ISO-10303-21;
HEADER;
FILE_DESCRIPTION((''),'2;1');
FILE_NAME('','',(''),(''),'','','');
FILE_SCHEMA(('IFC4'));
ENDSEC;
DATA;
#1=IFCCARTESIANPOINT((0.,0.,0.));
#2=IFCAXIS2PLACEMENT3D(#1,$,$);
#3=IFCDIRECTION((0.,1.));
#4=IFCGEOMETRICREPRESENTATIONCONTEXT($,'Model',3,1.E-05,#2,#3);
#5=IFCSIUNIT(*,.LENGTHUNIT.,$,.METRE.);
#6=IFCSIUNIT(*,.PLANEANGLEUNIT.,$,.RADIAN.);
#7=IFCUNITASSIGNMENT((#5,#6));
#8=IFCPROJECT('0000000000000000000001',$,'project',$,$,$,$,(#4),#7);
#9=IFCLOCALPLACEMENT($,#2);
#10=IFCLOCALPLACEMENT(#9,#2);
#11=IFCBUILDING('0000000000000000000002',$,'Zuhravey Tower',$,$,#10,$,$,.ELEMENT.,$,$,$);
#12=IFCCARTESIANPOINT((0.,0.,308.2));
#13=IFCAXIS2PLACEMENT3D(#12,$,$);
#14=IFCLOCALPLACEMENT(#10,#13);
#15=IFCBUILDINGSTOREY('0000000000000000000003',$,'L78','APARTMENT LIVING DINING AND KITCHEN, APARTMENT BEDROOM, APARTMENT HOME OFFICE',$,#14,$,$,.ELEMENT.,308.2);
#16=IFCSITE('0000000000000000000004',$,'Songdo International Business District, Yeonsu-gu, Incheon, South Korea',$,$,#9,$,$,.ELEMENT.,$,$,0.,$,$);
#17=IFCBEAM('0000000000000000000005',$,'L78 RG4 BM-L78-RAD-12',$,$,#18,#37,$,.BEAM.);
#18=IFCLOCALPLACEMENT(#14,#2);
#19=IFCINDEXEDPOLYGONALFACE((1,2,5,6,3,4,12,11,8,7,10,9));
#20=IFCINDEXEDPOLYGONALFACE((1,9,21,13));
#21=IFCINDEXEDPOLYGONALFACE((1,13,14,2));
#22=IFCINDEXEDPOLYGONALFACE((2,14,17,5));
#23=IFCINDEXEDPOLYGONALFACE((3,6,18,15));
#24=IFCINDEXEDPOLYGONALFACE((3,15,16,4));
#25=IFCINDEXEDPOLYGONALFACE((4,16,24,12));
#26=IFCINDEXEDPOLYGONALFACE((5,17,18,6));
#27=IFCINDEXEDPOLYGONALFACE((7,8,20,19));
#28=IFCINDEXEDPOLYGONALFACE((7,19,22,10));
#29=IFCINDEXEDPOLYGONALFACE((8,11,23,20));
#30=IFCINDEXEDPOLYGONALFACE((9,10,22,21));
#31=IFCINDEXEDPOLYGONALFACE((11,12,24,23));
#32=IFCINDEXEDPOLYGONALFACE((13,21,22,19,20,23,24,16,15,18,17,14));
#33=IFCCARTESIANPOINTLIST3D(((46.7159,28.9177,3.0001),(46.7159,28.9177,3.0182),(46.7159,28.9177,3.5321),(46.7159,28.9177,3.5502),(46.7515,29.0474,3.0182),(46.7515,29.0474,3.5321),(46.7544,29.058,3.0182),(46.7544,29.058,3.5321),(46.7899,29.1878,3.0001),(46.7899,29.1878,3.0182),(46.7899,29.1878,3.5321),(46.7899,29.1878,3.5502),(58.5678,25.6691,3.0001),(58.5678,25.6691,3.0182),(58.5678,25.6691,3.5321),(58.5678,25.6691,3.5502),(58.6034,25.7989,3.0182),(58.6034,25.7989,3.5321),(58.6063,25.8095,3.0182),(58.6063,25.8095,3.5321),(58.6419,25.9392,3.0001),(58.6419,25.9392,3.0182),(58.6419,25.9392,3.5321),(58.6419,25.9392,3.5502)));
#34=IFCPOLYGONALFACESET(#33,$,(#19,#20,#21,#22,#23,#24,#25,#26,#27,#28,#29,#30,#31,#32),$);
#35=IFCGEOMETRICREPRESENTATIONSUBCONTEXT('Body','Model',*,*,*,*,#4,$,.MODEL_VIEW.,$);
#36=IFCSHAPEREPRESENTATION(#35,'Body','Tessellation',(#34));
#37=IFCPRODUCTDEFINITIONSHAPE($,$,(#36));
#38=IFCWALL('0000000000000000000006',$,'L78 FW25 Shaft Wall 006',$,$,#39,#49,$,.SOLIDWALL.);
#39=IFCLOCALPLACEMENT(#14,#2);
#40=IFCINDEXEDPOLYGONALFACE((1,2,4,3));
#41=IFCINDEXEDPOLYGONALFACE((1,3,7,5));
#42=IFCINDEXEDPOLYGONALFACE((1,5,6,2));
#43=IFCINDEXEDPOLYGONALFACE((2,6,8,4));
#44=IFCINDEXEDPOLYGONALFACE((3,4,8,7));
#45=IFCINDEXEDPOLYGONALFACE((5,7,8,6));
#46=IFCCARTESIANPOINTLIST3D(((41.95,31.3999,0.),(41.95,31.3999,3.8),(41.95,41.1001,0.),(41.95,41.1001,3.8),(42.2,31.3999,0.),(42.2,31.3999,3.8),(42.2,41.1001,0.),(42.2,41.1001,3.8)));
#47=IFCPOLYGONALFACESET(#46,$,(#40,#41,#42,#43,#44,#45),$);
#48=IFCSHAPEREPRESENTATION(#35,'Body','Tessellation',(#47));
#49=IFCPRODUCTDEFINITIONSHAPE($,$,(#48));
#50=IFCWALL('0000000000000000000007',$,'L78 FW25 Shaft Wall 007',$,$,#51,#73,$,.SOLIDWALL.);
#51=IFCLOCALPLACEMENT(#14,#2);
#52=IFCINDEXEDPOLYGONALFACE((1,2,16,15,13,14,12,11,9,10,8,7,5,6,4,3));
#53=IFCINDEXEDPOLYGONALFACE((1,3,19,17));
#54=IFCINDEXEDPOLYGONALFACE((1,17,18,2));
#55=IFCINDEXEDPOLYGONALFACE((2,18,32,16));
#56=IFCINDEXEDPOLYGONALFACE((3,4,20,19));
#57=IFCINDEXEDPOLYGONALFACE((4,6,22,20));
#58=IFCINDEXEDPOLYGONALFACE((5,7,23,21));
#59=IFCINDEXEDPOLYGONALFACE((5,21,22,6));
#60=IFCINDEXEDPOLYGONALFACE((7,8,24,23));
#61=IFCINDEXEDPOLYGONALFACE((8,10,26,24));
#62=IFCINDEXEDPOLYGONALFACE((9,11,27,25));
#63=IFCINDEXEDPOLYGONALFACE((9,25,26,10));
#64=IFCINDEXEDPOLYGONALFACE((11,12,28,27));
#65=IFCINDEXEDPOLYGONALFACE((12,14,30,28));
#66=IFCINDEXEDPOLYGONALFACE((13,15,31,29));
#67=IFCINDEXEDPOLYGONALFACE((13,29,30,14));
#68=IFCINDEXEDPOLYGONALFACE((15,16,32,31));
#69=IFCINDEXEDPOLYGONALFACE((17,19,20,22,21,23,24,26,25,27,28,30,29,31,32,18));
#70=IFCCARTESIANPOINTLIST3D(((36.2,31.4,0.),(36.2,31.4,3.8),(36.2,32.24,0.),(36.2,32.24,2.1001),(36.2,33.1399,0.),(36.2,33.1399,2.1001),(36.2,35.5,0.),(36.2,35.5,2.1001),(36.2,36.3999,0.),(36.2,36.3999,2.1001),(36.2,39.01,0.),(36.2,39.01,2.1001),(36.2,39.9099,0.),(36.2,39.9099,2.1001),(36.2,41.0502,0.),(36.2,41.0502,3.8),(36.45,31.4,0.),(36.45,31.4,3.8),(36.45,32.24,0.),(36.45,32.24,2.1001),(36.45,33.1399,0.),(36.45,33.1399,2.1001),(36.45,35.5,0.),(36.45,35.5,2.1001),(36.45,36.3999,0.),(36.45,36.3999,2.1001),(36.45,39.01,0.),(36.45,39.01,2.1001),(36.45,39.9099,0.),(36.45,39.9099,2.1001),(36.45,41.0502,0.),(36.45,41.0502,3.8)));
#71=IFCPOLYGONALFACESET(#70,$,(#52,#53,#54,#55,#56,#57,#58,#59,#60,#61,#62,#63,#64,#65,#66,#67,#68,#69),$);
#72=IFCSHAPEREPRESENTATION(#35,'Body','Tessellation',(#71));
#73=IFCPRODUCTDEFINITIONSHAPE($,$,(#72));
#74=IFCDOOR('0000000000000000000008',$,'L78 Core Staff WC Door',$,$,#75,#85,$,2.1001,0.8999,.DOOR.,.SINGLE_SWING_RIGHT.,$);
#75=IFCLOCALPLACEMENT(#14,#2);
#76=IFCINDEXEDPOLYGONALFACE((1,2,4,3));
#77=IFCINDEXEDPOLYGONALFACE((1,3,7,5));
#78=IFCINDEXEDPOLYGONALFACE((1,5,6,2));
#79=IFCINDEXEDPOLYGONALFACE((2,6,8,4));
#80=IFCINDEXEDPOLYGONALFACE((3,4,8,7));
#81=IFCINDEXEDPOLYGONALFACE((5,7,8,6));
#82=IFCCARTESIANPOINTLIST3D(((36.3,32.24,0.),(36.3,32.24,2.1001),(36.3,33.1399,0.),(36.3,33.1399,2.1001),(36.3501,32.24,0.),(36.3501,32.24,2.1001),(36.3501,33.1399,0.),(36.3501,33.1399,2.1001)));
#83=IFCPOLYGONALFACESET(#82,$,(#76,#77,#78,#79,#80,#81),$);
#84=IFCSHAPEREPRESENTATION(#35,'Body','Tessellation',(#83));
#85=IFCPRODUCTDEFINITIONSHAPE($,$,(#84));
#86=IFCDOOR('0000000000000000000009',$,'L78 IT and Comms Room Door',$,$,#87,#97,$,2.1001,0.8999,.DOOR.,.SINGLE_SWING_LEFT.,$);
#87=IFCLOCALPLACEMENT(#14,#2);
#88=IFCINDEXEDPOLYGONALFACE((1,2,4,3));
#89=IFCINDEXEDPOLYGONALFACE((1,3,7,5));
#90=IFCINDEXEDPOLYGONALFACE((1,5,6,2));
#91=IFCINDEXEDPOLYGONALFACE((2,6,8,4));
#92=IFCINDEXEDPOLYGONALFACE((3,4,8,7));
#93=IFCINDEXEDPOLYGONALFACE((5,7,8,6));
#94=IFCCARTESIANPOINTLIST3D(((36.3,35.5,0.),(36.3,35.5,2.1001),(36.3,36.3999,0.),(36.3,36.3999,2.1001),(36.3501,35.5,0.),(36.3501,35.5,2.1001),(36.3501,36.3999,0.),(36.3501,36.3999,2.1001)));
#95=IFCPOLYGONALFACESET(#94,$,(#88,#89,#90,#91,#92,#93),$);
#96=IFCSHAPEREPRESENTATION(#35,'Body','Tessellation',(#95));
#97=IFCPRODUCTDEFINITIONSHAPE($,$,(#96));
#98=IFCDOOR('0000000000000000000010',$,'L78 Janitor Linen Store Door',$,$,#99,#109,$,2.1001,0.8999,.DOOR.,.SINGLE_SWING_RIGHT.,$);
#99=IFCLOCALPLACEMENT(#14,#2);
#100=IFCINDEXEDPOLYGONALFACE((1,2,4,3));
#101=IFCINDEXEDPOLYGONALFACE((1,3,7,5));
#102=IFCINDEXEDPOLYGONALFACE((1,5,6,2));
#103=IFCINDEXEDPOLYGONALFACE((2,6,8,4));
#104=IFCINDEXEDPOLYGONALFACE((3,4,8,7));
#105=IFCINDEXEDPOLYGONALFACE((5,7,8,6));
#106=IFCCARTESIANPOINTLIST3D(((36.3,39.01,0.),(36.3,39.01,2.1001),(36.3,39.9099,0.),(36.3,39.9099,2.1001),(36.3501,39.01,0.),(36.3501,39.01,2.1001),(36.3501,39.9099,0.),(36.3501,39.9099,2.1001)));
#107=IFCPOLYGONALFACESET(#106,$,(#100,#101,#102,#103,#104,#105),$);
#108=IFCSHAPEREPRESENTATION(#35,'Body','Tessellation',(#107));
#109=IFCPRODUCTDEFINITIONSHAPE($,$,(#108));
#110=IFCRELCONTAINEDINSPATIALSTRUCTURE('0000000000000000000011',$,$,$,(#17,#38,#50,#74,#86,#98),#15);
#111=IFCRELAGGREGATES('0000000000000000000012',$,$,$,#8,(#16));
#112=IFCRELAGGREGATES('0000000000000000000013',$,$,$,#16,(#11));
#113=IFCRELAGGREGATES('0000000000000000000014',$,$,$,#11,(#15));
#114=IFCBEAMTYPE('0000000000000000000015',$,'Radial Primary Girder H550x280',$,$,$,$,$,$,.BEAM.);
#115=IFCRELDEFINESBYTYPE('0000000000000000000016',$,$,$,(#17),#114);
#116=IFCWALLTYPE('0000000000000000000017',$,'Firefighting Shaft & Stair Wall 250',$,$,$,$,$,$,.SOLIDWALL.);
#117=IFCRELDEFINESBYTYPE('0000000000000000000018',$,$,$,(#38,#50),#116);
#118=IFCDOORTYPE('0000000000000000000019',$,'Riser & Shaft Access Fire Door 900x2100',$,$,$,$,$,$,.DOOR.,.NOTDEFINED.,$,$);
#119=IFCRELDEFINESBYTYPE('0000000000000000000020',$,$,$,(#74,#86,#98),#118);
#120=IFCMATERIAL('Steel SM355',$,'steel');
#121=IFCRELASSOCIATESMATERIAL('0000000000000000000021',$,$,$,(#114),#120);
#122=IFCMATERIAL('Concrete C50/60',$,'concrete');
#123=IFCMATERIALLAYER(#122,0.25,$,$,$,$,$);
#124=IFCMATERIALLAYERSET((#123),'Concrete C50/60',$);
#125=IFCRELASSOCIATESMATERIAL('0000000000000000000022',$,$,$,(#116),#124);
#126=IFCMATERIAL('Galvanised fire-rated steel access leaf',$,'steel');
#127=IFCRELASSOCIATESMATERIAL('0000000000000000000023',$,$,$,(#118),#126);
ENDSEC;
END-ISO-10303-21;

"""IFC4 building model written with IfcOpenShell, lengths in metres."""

from ifc_helpers import new_model, si_unit, direction, frame, frame_2d, origin, origin_2d, place, context, subcontext, project, spatial, rectangle, i_section, extrude, material, layer, layer_set, material_profile, profile_set, type_object, element, fill, save


model = new_model("IFC4")

# Units and contexts
model_context = context("Model", 3, precision=1e-05, world=origin(), true_north=direction((0.0, 1.0)))
body_context = subcontext(model_context, "Body", "Model", "MODEL_VIEW")
ifc_project = project(units=[si_unit("LENGTHUNIT", "METRE"), si_unit("PLANEANGLEUNIT", "RADIAN")], contexts=[model_context])

# Site, building, storey
site_placement = place(None, origin())
site = spatial("IfcSite", under=ifc_project, at=site_placement, Name="Songdo International Business District, Yeonsu-gu, Incheon, South Korea", CompositionType="ELEMENT", RefElevation=0.0)
building_placement = place(site_placement, origin())
building = spatial("IfcBuilding", under=site, at=building_placement, Name="Zuhravey Tower", CompositionType="ELEMENT")
storey_placement = place(building_placement, frame((0.0, 0.0, 308.2)))
storey = spatial("IfcBuildingStorey", under=building, at=storey_placement, Name="L78", Description="APARTMENT LIVING DINING AND KITCHEN, APARTMENT BEDROOM, APARTMENT HOME OFFICE", CompositionType="ELEMENT", Elevation=308.2)

# Beam
ifc_material_1 = material(Name="Steel SM355", Category="steel")
ifc_material_profile = material_profile(ifc_material_1, i_section(OverallWidth=0.28, OverallDepth=0.55, WebThickness=0.011, FlangeThickness=0.0181, at=origin_2d()), Name="H-550x280x11x18")
ifc_profile_set = profile_set([ifc_material_profile], Name="Steel SM355")
beam_type = type_object("IfcBeamType", Name="Radial Primary Girder H550x280", PredefinedType="BEAM", material=ifc_profile_set)
beam_placement = place(storey_placement, frame((46.7529, 29.0527, 3.2751), z_axis=(0.964428, -0.264346, 0.0), x_axis=(0.264346, 0.964428, 0.0)))
element("IfcBeam", 1, at=beam_placement, inside=storey, type_object=beam_type, Name="L78 RG4 BM-L78-RAD-12", PredefinedType="BEAM", context=body_context, shape_type="SweptSolid", body=[
    extrude(i_section(OverallWidth=0.28, OverallDepth=0.55, WebThickness=0.011, FlangeThickness=0.0181, at=origin_2d()), origin(), (0.0, 0.0, 1.0), 12.2891),
])

# Wall
ifc_material_2 = material(Name="Concrete C50/60", Category="concrete")
ifc_layer = layer(ifc_material_2, 0.25)
ifc_layer_set = layer_set([ifc_layer], Name="Concrete C50/60")
wall_type = type_object("IfcWallType", Name="Firefighting Shaft & Stair Wall 250", PredefinedType="SOLIDWALL", material=ifc_layer_set)
wall_1_placement = place(storey_placement, frame((42.075, 31.3999, 0.0), z_axis=(0.0, 0.0, 1.0), x_axis=(0.0, 1.0, 0.0)))
element("IfcWall", 2, at=wall_1_placement, inside=storey, type_object=wall_type, Name="L78 FW25 Shaft Wall 006", PredefinedType="SOLIDWALL", context=body_context, shape_type="SweptSolid", body=[
    extrude(rectangle(XDim=9.7002, YDim=0.25, at=frame_2d((4.8501, 0.0))), origin(), (0.0, 0.0, 1.0), 3.8),
])

# Wall, openings, doors
wall_2_placement = place(storey_placement, frame((36.325, 31.3999, 0.0), z_axis=(0.0, 0.0, 1.0), x_axis=(0.0, 1.0, 0.0)))
wall_2 = element("IfcWall", 3, at=wall_2_placement, inside=storey, type_object=wall_type, Name="L78 FW25 Shaft Wall 007", PredefinedType="SOLIDWALL", context=body_context, shape_type="SweptSolid", body=[
    extrude(rectangle(XDim=9.6501, YDim=0.25, at=frame_2d((4.8252, 0.0))), origin(), (0.0, 0.0, 1.0), 3.8),
])
opening_1_placement = place(wall_2_placement, frame((0.8401, 0.0, 0.0)))
opening_1 = element("IfcOpeningElement", 4, at=opening_1_placement, cuts=wall_2, PredefinedType="OPENING", context=body_context, shape_type="SweptSolid", body=[
    extrude(rectangle(XDim=0.8999, YDim=2.1001, at=frame_2d((0.45, 1.05))), frame((0.0, 0.137, 0.0), z_axis=(0.0, -1.0, 0.0), x_axis=(1.0, 0.0, 0.0)), (0.0, 0.0, 1.0), 0.2739),
])
opening_2_placement = place(wall_2_placement, frame((4.1001, 0.0, 0.0)))
opening_2 = element("IfcOpeningElement", 5, at=opening_2_placement, cuts=wall_2, PredefinedType="OPENING", context=body_context, shape_type="SweptSolid", body=[
    extrude(rectangle(XDim=0.8999, YDim=2.1001, at=frame_2d((0.45, 1.05))), frame((0.0, 0.137, 0.0), z_axis=(0.0, -1.0, 0.0), x_axis=(1.0, 0.0, 0.0)), (0.0, 0.0, 1.0), 0.2739),
])
opening_3_placement = place(wall_2_placement, frame((7.6101, 0.0, 0.0)))
opening_3 = element("IfcOpeningElement", 6, at=opening_3_placement, cuts=wall_2, PredefinedType="OPENING", context=body_context, shape_type="SweptSolid", body=[
    extrude(rectangle(XDim=0.8999, YDim=2.1001, at=frame_2d((0.45, 1.05))), frame((0.0, 0.137, 0.0), z_axis=(0.0, -1.0, 0.0), x_axis=(1.0, 0.0, 0.0)), (0.0, 0.0, 1.0), 0.2739),
])
ifc_material_3 = material(Name="Galvanised fire-rated steel access leaf", Category="steel")
door_type_1 = type_object("IfcDoorType", Name="Riser & Shaft Access Fire Door 900x2100", OperationType="NOTDEFINED", PredefinedType="DOOR", material=ifc_material_3)
door_1_placement = place(opening_1_placement, origin())
door_1 = element("IfcDoor", 7, at=door_1_placement, inside=storey, type_object=door_type_1, Name="L78 Core Staff WC Door", OperationType="SINGLE_SWING_RIGHT", OverallHeight=2.1001, OverallWidth=0.8999, PredefinedType="DOOR", context=body_context, shape_type="SweptSolid", body=[
    extrude(rectangle(XDim=0.8999, YDim=2.1001, at=frame_2d((0.45, 1.05))), frame((0.0, 0.0249, 0.0), z_axis=(0.0, -1.0, 0.0), x_axis=(1.0, 0.0, 0.0)), (0.0, 0.0, 1.0), 0.05),
])
fill(opening_1, door_1)
door_2_placement = place(opening_2_placement, origin())
door_2 = element("IfcDoor", 8, at=door_2_placement, inside=storey, type_object=door_type_1, Name="L78 IT and Comms Room Door", OperationType="SINGLE_SWING_LEFT", OverallHeight=2.1001, OverallWidth=0.8999, PredefinedType="DOOR", context=body_context, shape_type="SweptSolid", body=[
    extrude(rectangle(XDim=0.8999, YDim=2.1001, at=frame_2d((0.45, 1.05))), frame((0.0, 0.0249, 0.0), z_axis=(0.0, -1.0, 0.0), x_axis=(1.0, 0.0, 0.0)), (0.0, 0.0, 1.0), 0.05),
])
fill(opening_2, door_2)
door_3_placement = place(opening_3_placement, origin())
door_3 = element("IfcDoor", 9, at=door_3_placement, inside=storey, type_object=door_type_1, Name="L78 Janitor Linen Store Door", OperationType="SINGLE_SWING_RIGHT", OverallHeight=2.1001, OverallWidth=0.8999, PredefinedType="DOOR", context=body_context, shape_type="SweptSolid", body=[
    extrude(rectangle(XDim=0.8999, YDim=2.1001, at=frame_2d((0.45, 1.05))), frame((0.0, 0.0249, 0.0), z_axis=(0.0, -1.0, 0.0), x_axis=(1.0, 0.0, 0.0)), (0.0, 0.0, 1.0), 0.05),
])
fill(opening_3, door_3)

save(model, "model.ifc")
